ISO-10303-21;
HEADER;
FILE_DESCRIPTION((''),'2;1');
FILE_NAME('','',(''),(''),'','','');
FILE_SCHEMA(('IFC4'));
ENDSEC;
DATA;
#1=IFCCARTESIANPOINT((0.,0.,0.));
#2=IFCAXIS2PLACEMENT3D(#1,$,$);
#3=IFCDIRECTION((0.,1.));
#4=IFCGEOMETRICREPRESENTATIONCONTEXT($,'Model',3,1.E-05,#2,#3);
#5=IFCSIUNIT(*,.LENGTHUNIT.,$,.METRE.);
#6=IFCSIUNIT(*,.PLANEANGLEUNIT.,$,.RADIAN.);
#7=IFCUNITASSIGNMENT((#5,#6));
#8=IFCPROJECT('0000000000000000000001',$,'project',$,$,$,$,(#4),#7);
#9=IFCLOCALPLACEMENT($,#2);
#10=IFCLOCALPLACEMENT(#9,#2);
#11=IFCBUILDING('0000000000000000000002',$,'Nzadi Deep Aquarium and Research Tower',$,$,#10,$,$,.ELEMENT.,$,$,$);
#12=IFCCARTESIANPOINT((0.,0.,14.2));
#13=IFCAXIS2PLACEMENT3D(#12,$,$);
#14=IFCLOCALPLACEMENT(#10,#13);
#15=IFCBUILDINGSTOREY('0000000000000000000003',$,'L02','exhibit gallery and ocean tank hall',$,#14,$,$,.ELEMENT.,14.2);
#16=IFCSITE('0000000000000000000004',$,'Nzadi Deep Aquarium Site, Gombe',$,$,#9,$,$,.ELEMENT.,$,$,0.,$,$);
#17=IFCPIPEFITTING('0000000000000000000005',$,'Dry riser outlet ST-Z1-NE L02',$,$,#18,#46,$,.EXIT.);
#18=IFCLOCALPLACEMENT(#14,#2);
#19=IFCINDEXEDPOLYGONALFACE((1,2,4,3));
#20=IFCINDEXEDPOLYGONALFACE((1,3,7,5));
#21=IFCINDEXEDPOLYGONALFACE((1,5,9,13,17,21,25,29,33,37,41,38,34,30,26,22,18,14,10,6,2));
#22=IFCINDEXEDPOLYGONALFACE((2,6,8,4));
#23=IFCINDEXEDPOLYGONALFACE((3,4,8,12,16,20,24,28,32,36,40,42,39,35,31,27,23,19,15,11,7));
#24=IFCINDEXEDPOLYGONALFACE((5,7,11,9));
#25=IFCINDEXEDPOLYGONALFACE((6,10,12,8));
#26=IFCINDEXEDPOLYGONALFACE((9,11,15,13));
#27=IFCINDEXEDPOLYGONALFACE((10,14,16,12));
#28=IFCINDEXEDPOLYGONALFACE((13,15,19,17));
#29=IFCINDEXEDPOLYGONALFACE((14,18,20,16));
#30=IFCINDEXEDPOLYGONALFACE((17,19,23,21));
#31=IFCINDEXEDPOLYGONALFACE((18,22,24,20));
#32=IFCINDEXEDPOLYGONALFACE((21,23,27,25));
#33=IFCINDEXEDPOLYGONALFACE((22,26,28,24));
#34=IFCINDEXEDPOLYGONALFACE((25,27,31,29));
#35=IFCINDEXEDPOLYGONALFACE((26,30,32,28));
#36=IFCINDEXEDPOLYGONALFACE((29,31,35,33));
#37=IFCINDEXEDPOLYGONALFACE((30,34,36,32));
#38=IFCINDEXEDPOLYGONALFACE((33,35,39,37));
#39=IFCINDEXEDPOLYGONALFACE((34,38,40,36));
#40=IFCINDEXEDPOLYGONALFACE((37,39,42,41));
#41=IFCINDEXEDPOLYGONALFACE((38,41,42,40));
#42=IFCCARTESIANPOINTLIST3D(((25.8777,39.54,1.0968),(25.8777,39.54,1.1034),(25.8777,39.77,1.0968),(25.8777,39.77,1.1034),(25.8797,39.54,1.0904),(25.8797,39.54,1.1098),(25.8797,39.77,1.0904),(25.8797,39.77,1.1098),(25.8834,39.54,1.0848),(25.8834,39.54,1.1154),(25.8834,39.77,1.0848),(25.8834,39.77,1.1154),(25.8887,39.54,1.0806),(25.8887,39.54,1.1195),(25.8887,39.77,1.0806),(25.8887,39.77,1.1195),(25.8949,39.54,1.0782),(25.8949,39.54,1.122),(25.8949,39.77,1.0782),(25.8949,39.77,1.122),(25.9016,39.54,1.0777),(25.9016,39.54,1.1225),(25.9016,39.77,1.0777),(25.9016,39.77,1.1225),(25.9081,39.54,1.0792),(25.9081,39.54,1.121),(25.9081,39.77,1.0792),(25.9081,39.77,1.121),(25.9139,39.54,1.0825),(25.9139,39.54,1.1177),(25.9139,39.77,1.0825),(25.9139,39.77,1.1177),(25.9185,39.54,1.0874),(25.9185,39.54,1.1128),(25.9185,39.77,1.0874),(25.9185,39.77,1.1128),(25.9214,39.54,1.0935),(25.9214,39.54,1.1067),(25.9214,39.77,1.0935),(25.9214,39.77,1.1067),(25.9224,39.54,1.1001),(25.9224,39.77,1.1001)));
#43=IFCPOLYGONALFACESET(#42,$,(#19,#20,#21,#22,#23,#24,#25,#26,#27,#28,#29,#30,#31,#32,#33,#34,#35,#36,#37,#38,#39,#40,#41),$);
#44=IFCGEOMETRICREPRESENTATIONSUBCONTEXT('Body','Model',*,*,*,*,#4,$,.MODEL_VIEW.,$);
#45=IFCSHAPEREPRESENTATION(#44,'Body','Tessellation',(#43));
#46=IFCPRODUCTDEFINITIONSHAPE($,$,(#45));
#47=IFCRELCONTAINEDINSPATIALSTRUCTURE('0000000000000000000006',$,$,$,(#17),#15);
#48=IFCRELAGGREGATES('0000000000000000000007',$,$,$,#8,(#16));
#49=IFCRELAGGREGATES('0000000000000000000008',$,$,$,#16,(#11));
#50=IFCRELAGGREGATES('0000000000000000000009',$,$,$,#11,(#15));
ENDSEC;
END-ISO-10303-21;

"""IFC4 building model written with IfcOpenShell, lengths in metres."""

from ifc_helpers import new_model, si_unit, direction, frame, origin, origin_2d, place, context, subcontext, project, spatial, circle, extrude, element, save


model = new_model("IFC4")

# Units and contexts
model_context = context("Model", 3, precision=1e-05, world=origin(), true_north=direction((0.0, 1.0)))
body_context = subcontext(model_context, "Body", "Model", "MODEL_VIEW")
ifc_project = project(units=[si_unit("LENGTHUNIT", "METRE"), si_unit("PLANEANGLEUNIT", "RADIAN")], contexts=[model_context])

# Site, building, storey
site_placement = place(None, origin())
site = spatial("IfcSite", under=ifc_project, at=site_placement, Name="Nzadi Deep Aquarium Site, Gombe", CompositionType="ELEMENT", RefElevation=0.0)
building_placement = place(site_placement, origin())
building = spatial("IfcBuilding", under=site, at=building_placement, Name="Nzadi Deep Aquarium and Research Tower", CompositionType="ELEMENT")
storey_placement = place(building_placement, frame((0.0, 0.0, 14.2)))
storey = spatial("IfcBuildingStorey", under=building, at=storey_placement, Name="L02", Description="exhibit gallery and ocean tank hall", CompositionType="ELEMENT", Elevation=14.2)

# Pipe fitting
pipe_fitting_placement = place(storey_placement, frame((25.8999, 39.77, 1.1001), z_axis=(0.0, -1.0, 0.0), x_axis=(1.0, 0.0, 0.0)))
element("IfcPipeFitting", 1, at=pipe_fitting_placement, inside=storey, Name="Dry riser outlet ST-Z1-NE L02", PredefinedType="EXIT", context=body_context, shape_type="SweptSolid", body=[
    extrude(circle(Radius=0.0225, at=origin_2d()), origin(), (0.0, 0.0, 1.0), 0.23),
])

save(model, "model.ifc")
